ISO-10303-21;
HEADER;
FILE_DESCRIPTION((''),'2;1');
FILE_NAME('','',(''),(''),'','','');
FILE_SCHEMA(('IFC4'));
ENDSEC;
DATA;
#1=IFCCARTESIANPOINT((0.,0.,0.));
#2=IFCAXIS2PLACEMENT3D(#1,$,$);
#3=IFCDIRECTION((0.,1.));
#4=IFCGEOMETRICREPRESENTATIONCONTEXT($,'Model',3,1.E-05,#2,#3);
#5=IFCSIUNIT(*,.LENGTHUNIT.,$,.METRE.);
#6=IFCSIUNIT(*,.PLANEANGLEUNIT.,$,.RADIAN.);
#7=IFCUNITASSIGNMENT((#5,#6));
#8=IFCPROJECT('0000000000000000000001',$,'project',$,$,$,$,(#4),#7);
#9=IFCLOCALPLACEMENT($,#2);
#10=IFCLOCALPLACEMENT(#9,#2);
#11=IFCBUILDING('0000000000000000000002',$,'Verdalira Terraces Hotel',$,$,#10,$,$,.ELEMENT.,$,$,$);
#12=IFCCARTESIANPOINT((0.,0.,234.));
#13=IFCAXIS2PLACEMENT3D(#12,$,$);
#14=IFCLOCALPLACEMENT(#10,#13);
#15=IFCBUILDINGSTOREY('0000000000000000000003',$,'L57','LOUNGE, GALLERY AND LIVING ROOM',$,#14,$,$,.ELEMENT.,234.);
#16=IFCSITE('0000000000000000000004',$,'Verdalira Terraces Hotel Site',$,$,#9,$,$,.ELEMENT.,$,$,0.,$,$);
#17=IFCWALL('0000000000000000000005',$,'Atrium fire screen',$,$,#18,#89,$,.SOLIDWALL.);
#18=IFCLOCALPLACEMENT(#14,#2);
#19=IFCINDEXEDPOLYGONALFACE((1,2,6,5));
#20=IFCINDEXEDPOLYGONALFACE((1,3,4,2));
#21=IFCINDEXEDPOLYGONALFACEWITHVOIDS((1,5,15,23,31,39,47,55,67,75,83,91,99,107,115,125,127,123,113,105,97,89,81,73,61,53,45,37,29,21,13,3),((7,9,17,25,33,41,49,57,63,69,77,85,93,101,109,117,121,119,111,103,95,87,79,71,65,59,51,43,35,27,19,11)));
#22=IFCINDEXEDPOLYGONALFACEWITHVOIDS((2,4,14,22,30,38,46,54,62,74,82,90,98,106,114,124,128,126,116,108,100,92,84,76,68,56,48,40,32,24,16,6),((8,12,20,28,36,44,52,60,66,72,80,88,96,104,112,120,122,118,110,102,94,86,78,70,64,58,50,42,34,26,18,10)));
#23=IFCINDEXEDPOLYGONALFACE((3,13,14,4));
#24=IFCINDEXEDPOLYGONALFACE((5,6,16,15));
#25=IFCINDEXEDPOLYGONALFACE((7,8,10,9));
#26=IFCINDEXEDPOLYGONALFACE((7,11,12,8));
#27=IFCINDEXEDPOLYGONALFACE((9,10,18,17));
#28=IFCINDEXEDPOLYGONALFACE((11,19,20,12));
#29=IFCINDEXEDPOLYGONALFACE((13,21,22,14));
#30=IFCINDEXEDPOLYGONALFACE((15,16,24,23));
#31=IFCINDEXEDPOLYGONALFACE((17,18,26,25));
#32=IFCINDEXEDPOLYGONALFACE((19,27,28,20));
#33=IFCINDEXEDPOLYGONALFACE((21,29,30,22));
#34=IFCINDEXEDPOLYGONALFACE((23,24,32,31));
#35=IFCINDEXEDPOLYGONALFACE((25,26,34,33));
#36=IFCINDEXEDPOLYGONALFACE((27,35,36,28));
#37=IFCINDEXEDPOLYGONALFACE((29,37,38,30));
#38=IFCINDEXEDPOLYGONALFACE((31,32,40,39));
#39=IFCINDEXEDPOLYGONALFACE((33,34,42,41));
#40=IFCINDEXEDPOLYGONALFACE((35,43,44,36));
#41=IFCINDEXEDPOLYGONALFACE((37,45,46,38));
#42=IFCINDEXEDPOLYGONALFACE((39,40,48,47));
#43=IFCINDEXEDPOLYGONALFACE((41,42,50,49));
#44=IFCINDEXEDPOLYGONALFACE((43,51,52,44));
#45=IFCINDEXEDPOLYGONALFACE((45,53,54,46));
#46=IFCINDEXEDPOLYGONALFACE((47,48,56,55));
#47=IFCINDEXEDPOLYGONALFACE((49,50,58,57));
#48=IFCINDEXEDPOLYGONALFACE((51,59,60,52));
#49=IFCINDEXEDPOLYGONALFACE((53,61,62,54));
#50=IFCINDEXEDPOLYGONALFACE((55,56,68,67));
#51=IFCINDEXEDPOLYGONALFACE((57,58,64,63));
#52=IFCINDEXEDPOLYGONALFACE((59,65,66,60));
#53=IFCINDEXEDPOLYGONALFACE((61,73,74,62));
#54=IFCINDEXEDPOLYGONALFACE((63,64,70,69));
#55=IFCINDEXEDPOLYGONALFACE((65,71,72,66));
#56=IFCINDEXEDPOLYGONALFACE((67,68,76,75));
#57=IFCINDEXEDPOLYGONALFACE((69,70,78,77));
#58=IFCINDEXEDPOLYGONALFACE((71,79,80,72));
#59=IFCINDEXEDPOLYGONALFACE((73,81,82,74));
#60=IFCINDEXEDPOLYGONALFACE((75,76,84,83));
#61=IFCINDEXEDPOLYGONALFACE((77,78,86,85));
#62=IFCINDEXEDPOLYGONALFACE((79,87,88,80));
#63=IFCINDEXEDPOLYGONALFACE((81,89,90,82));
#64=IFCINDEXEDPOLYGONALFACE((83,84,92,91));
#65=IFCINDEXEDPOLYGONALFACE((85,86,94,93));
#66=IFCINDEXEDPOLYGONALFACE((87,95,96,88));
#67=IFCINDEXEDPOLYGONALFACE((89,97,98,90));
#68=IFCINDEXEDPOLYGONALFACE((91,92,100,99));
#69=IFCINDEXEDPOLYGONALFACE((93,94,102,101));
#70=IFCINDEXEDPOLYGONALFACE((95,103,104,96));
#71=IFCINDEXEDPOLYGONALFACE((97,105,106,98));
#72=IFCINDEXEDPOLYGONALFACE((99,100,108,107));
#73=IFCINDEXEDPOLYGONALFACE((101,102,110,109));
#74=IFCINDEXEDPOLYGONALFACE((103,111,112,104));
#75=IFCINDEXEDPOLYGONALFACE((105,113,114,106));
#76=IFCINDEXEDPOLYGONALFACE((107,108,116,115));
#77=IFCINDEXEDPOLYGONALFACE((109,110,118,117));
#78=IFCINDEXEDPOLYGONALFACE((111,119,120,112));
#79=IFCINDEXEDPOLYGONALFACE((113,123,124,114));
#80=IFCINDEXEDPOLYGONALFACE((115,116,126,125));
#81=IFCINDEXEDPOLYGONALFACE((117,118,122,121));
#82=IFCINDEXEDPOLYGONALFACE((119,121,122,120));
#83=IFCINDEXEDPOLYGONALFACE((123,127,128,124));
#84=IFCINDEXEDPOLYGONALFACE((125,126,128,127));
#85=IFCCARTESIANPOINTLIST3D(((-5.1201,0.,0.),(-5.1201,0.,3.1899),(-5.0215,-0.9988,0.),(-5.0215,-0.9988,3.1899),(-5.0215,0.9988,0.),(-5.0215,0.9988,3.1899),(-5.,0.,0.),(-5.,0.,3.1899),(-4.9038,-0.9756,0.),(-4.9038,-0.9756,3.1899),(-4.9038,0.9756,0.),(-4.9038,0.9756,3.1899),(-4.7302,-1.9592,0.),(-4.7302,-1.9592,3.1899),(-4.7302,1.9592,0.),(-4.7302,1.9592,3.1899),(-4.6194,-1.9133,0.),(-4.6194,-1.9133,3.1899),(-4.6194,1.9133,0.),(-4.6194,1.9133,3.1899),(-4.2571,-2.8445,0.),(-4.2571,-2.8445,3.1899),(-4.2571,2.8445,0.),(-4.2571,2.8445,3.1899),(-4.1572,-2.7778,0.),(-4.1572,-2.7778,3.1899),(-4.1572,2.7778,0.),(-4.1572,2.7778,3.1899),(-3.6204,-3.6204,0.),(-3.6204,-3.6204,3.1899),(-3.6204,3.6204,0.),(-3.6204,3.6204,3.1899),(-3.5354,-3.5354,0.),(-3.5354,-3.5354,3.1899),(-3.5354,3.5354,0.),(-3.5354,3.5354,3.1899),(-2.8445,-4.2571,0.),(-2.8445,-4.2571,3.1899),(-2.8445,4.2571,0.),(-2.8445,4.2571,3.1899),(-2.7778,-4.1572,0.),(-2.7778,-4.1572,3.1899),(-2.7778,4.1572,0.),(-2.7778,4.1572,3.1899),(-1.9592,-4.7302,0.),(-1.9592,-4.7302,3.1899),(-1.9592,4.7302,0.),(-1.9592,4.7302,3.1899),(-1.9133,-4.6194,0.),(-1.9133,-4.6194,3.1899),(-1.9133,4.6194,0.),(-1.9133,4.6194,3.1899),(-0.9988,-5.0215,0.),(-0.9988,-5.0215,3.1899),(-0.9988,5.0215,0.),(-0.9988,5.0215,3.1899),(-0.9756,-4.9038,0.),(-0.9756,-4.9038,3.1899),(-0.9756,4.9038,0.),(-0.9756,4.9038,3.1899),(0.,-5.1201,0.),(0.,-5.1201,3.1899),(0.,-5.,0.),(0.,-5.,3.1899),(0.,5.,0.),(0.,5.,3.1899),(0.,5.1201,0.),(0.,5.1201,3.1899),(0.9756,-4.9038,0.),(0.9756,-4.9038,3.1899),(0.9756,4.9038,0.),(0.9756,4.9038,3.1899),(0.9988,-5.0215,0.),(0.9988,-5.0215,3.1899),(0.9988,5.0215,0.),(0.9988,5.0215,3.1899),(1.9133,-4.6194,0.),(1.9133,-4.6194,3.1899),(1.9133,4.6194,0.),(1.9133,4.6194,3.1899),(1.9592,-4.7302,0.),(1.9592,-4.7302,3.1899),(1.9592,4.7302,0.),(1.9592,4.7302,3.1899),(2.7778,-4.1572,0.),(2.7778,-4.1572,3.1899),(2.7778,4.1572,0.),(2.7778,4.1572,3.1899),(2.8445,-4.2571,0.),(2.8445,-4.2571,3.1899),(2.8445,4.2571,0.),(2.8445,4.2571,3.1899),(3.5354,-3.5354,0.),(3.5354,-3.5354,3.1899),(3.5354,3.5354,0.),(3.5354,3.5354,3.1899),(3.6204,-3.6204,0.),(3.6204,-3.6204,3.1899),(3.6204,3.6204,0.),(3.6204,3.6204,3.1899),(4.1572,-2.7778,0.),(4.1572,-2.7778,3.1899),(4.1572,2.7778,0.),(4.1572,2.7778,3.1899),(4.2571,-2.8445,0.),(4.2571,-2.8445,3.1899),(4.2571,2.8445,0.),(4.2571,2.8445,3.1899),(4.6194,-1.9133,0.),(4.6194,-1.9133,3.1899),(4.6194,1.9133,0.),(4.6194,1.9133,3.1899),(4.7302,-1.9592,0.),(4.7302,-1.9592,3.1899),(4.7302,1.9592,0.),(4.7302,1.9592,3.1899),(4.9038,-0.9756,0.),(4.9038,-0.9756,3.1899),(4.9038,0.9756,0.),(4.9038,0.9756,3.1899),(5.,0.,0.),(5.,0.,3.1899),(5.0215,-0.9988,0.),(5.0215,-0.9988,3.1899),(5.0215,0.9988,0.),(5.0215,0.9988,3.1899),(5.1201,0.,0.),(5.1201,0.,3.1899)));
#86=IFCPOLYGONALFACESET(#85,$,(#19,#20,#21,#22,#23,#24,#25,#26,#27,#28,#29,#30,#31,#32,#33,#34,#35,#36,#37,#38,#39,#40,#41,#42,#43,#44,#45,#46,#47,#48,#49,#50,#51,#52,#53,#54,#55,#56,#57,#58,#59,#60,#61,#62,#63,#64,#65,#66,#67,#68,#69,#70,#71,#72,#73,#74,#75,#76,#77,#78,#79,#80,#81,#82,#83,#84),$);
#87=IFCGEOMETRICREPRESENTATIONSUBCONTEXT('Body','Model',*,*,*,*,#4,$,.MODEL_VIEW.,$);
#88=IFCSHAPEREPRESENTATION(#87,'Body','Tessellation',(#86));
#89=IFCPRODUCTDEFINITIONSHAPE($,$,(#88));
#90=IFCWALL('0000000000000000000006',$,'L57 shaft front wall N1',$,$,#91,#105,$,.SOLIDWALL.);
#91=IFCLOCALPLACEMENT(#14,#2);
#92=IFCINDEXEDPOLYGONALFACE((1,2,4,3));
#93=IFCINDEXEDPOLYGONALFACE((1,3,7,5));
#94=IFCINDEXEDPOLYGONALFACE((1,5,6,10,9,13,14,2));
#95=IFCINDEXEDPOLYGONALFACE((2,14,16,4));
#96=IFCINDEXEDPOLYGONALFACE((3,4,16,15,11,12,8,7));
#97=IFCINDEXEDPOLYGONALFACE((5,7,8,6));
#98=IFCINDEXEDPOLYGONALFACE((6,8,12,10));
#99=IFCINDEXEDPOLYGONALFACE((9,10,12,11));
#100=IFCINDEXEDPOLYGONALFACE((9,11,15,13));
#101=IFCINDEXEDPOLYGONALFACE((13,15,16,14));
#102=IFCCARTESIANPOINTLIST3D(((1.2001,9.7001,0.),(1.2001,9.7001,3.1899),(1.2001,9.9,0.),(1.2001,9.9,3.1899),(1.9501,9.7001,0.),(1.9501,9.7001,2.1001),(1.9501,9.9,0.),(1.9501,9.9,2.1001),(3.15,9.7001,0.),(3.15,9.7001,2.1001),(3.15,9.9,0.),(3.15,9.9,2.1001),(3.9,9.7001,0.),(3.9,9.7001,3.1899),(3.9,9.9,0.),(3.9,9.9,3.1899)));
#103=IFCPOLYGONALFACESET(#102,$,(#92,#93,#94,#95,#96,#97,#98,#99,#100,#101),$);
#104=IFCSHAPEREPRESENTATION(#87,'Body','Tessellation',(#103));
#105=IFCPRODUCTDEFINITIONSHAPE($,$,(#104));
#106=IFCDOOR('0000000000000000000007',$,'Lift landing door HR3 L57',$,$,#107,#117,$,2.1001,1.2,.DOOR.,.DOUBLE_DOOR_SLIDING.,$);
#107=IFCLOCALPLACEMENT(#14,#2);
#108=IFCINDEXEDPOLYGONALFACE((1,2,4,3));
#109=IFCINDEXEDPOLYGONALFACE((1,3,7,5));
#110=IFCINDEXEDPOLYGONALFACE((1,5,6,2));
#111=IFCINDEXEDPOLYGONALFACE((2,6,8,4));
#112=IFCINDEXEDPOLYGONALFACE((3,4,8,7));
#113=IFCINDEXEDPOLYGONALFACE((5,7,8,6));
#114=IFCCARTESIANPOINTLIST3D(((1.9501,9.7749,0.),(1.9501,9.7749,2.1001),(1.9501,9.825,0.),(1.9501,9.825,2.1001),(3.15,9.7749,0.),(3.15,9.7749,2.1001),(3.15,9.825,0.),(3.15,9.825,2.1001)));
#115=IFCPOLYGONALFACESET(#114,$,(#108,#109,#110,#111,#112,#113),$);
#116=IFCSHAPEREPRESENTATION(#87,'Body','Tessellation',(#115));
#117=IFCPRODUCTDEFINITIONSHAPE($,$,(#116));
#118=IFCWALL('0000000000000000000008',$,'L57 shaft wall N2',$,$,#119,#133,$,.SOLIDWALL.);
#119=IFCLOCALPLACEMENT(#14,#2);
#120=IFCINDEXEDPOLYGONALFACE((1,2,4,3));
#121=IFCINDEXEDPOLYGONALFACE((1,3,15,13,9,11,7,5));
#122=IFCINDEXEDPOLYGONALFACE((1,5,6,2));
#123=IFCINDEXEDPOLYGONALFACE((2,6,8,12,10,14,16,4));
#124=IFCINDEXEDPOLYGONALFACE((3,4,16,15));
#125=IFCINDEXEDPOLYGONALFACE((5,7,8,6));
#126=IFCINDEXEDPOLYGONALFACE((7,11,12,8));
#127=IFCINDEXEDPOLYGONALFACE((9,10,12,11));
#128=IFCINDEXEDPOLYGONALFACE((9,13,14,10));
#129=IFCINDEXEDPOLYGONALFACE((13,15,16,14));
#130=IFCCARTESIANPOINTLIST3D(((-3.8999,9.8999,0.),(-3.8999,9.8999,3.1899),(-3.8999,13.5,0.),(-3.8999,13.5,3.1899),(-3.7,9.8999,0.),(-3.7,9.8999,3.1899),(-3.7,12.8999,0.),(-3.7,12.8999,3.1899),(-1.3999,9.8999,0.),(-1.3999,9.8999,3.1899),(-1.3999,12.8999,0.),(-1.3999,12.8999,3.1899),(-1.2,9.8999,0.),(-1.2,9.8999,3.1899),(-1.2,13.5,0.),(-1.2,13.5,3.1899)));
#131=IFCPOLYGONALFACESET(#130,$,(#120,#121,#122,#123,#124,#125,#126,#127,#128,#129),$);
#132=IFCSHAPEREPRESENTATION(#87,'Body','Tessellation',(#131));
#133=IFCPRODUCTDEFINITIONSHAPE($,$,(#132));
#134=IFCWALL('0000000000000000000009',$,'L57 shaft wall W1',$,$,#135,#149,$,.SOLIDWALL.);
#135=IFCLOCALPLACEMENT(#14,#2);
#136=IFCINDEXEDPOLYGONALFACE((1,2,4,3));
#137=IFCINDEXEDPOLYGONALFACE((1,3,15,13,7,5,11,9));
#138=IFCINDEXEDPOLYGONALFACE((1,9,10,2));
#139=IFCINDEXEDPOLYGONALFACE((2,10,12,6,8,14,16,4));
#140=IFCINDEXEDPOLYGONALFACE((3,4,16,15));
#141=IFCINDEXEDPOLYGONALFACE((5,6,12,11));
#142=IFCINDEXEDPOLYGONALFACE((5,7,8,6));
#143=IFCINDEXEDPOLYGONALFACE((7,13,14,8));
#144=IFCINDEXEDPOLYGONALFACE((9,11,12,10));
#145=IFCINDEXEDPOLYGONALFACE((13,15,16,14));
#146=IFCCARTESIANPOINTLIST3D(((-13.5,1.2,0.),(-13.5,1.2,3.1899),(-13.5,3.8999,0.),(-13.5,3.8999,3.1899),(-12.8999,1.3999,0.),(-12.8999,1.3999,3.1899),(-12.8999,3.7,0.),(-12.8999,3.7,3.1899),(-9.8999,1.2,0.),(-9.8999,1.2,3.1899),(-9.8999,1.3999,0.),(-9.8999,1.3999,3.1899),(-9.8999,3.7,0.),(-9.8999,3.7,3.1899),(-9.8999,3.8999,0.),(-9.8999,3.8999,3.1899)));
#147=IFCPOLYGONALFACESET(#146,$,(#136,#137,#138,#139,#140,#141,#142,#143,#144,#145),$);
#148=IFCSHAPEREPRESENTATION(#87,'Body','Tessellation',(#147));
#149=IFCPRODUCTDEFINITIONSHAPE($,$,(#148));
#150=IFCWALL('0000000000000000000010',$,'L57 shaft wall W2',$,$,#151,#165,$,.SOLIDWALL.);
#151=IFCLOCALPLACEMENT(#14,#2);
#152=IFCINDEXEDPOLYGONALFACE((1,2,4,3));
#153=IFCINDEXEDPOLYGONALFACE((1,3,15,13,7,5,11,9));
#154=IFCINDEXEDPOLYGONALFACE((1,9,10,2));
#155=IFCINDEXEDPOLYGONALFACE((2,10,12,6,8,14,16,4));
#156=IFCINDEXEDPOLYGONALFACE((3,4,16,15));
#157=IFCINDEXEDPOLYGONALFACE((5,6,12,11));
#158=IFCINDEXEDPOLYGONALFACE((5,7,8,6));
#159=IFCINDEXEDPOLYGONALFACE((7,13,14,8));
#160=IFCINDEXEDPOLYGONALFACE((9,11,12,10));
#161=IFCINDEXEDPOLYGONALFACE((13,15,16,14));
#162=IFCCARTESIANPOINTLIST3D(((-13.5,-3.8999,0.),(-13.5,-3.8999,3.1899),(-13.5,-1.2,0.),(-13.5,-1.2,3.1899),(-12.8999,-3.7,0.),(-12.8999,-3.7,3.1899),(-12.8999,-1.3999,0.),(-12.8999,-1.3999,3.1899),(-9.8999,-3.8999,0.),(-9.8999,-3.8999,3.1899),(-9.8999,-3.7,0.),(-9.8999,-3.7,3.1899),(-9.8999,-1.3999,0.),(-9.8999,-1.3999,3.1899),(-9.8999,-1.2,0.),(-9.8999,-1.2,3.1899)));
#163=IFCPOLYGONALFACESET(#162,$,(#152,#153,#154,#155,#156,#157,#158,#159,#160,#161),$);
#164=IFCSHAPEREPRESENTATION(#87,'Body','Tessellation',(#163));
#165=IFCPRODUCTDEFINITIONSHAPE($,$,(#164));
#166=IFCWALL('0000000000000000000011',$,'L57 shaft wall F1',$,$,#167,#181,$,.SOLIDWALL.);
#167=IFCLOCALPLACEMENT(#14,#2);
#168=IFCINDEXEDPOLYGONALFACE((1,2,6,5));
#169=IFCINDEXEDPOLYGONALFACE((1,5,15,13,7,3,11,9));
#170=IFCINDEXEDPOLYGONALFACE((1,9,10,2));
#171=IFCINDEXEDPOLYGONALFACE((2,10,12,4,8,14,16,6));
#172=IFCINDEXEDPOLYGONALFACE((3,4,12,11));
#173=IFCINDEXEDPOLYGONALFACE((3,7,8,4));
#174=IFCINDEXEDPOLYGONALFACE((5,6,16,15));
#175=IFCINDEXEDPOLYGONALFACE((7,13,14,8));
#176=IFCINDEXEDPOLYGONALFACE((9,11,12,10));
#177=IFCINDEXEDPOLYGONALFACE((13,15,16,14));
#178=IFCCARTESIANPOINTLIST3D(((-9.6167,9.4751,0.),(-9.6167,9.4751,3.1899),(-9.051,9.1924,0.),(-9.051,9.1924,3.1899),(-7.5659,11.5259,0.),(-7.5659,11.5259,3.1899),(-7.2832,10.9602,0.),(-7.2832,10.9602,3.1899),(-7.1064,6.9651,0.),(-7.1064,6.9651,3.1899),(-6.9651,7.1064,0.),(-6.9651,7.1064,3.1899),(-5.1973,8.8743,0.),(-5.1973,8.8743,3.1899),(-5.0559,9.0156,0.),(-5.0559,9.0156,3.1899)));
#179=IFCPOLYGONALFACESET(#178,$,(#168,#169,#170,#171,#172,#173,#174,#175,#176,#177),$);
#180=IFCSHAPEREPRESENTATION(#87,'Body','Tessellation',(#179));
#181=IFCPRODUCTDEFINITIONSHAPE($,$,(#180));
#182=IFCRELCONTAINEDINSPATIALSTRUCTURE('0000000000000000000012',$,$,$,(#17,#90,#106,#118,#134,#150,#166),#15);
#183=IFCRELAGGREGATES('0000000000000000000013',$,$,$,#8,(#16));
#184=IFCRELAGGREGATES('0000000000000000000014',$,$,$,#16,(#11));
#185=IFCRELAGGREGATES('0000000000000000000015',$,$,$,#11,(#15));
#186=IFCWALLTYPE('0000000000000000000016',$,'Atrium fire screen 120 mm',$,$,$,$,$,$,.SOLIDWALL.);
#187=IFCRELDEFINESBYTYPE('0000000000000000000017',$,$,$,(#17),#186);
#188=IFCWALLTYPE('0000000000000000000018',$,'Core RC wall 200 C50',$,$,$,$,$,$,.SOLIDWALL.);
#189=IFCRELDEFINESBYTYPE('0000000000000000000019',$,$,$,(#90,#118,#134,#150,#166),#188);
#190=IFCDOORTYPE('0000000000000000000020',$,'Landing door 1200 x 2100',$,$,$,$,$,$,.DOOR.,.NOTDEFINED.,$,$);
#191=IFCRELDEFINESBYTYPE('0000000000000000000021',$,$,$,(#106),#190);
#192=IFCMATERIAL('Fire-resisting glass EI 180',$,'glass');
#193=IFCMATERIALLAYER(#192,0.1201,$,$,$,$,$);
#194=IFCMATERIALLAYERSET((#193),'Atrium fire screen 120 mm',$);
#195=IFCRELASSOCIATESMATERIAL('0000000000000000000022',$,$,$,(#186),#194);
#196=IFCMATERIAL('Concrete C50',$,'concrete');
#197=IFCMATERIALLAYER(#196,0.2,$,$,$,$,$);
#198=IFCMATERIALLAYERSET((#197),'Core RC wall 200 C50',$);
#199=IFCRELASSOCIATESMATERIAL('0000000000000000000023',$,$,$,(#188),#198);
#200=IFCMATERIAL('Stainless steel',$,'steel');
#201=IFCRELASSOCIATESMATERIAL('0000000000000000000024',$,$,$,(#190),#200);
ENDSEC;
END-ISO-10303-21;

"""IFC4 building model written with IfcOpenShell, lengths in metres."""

from ifc_helpers import new_model, si_unit, direction, frame, frame_2d, origin, place, context, subcontext, project, spatial, polyline, rectangle, outline, extrude, material, layer, layer_set, type_object, element, fill, save


model = new_model("IFC4")

# Units and contexts
model_context = context("Model", 3, precision=1e-05, world=origin(), true_north=direction((0.0, 1.0)))
body_context = subcontext(model_context, "Body", "Model", "MODEL_VIEW")
ifc_project = project(units=[si_unit("LENGTHUNIT", "METRE"), si_unit("PLANEANGLEUNIT", "RADIAN")], contexts=[model_context])

# Site, building, storey
site_placement = place(None, origin())
site = spatial("IfcSite", under=ifc_project, at=site_placement, Name="Verdalira Terraces Hotel Site", CompositionType="ELEMENT", RefElevation=0.0)
building_placement = place(site_placement, origin())
building = spatial("IfcBuilding", under=site, at=building_placement, Name="Verdalira Terraces Hotel", CompositionType="ELEMENT")
storey_placement = place(building_placement, frame((0.0, 0.0, 234.0)))
storey = spatial("IfcBuildingStorey", under=building, at=storey_placement, Name="L57", Description="LOUNGE, GALLERY AND LIVING ROOM", CompositionType="ELEMENT", Elevation=234.0)

# Wall
ifc_material_1 = material(Name="Fire-resisting glass EI 180", Category="glass")
ifc_layer_1 = layer(ifc_material_1, 0.1201)
ifc_layer_set_1 = layer_set([ifc_layer_1], Name="Atrium fire screen 120 mm")
wall_type_1 = type_object("IfcWallType", Name="Atrium fire screen 120 mm", PredefinedType="SOLIDWALL", material=ifc_layer_set_1)
wall_1_placement = place(storey_placement, origin())
element("IfcWall", 1, at=wall_1_placement, inside=storey, type_object=wall_type_1, Name="Atrium fire screen", PredefinedType="SOLIDWALL", context=body_context, shape_type="SweptSolid", body=[
    extrude(outline(polyline([(5.0215, -0.9988), (4.7302, -1.9592), (4.2571, -2.8445), (3.6204, -3.6204), (2.8445, -4.2571), (1.9592, -4.7302), (0.9988, -5.0215), (0.0, -5.1201), (-0.9988, -5.0215), (-1.9592, -4.7302), (-2.8445, -4.2571), (-3.6204, -3.6204), (-4.2571, -2.8445), (-4.7302, -1.9592), (-5.0215, -0.9988), (-5.1201, 0.0), (-5.0215, 0.9988), (-4.7302, 1.9592), (-4.2571, 2.8445), (-3.6204, 3.6204), (-2.8445, 4.2571), (-1.9592, 4.7302), (-0.9988, 5.0215), (0.0, 5.1201), (0.9988, 5.0215), (1.9592, 4.7302), (2.8445, 4.2571), (3.6204, 3.6204), (4.2571, 2.8445), (4.7302, 1.9592), (5.0215, 0.9988), (5.1201, 0.0), (5.0215, -0.9988)]), holes=[polyline([(4.9038, 0.9756), (4.6194, 1.9133), (4.1572, 2.7778), (3.5354, 3.5354), (2.7778, 4.1572), (1.9133, 4.6194), (0.9756, 4.9038), (0.0, 5.0), (-0.9756, 4.9038), (-1.9133, 4.6194), (-2.7778, 4.1572), (-3.5354, 3.5354), (-4.1572, 2.7778), (-4.6194, 1.9133), (-4.9038, 0.9756), (-5.0, 0.0), (-4.9038, -0.9756), (-4.6194, -1.9133), (-4.1572, -2.7778), (-3.5354, -3.5354), (-2.7778, -4.1572), (-1.9133, -4.6194), (-0.9756, -4.9038), (0.0, -5.0), (0.9756, -4.9038), (1.9133, -4.6194), (2.7778, -4.1572), (3.5354, -3.5354), (4.1572, -2.7778), (4.6194, -1.9133), (4.9038, -0.9756), (5.0, 0.0), (4.9038, 0.9756)])]), origin(), (0.0, 0.0, 1.0), 3.1899),
])

# Wall, opening, door
ifc_material_2 = material(Name="Concrete C50", Category="concrete")
ifc_layer_2 = layer(ifc_material_2, 0.2)
ifc_layer_set_2 = layer_set([ifc_layer_2], Name="Core RC wall 200 C50")
wall_type_2 = type_object("IfcWallType", Name="Core RC wall 200 C50", PredefinedType="SOLIDWALL", material=ifc_layer_set_2)
wall_2_placement = place(storey_placement, frame((1.2, 9.8, 0.0), z_axis=(0.0, 0.0, 1.0), x_axis=(1.0, 0.0, 0.0)))
wall_2 = element("IfcWall", 2, at=wall_2_placement, inside=storey, type_object=wall_type_2, Name="L57 shaft front wall N1", PredefinedType="SOLIDWALL", context=body_context, shape_type="SweptSolid", body=[
    extrude(rectangle(XDim=2.7, YDim=0.2, at=frame_2d((1.3501, 0.0))), origin(), (0.0, 0.0, 1.0), 3.1899),
])
opening_1_placement = place(wall_2_placement, frame((0.75, 0.0, 0.0)))
opening_1 = element("IfcOpeningElement", 3, at=opening_1_placement, cuts=wall_2, PredefinedType="OPENING", context=body_context, shape_type="SweptSolid", body=[
    extrude(rectangle(XDim=1.2, YDim=2.1001, at=frame_2d((0.6001, 1.05))), frame((0.0, 0.1099, 0.0), z_axis=(0.0, -1.0, 0.0), x_axis=(1.0, 0.0, 0.0)), (0.0, 0.0, 1.0), 0.22),
])
ifc_material_3 = material(Name="Stainless steel", Category="steel")
door_type_1 = type_object("IfcDoorType", Name="Landing door 1200 x 2100", OperationType="NOTDEFINED", PredefinedType="DOOR", material=ifc_material_3)
door_1_placement = place(opening_1_placement, origin())
door_1 = element("IfcDoor", 4, at=door_1_placement, inside=storey, type_object=door_type_1, Name="Lift landing door HR3 L57", OperationType="DOUBLE_DOOR_SLIDING", OverallHeight=2.1001, OverallWidth=1.2, PredefinedType="DOOR", context=body_context, shape_type="SweptSolid", body=[
    extrude(rectangle(XDim=1.2, YDim=2.1001, at=frame_2d((0.6001, 1.05))), frame((0.0, 0.0249, 0.0), z_axis=(0.0, -1.0, 0.0), x_axis=(1.0, 0.0, 0.0)), (0.0, 0.0, 1.0), 0.05),
])
fill(opening_1, door_1)

# Walls
wall_3_placement = place(storey_placement, origin())
element("IfcWall", 5, at=wall_3_placement, inside=storey, type_object=wall_type_2, Name="L57 shaft wall N2", PredefinedType="SOLIDWALL", context=body_context, shape_type="SweptSolid", body=[
    extrude(outline(polyline([(-3.8999, 13.5), (-1.2, 13.5), (-1.2, 9.8999), (-1.3999, 9.8999), (-1.3999, 12.8999), (-3.7, 12.8999), (-3.7, 9.8999), (-3.8999, 9.8999), (-3.8999, 13.5)])), origin(), (0.0, 0.0, 1.0), 3.1899),
])
wall_4_placement = place(storey_placement, origin())
element("IfcWall", 6, at=wall_4_placement, inside=storey, type_object=wall_type_2, Name="L57 shaft wall W1", PredefinedType="SOLIDWALL", context=body_context, shape_type="SweptSolid", body=[
    extrude(outline(polyline([(-13.5, 3.8999), (-9.8999, 3.8999), (-9.8999, 3.7), (-12.8999, 3.7), (-12.8999, 1.3999), (-9.8999, 1.3999), (-9.8999, 1.2), (-13.5, 1.2), (-13.5, 3.8999)])), origin(), (0.0, 0.0, 1.0), 3.1899),
])
wall_5_placement = place(storey_placement, origin())
element("IfcWall", 7, at=wall_5_placement, inside=storey, type_object=wall_type_2, Name="L57 shaft wall W2", PredefinedType="SOLIDWALL", context=body_context, shape_type="SweptSolid", body=[
    extrude(outline(polyline([(-13.5, -3.8999), (-13.5, -1.2), (-9.8999, -1.2), (-9.8999, -1.3999), (-12.8999, -1.3999), (-12.8999, -3.7), (-9.8999, -3.7), (-9.8999, -3.8999), (-13.5, -3.8999)])), origin(), (0.0, 0.0, 1.0), 3.1899),
])
wall_6_placement = place(storey_placement, origin())
element("IfcWall", 8, at=wall_6_placement, inside=storey, type_object=wall_type_2, Name="L57 shaft wall F1", PredefinedType="SOLIDWALL", context=body_context, shape_type="SweptSolid", body=[
    extrude(outline(polyline([(-9.6167, 9.4751), (-7.5659, 11.5259), (-5.0559, 9.0156), (-5.1973, 8.8743), (-7.2832, 10.9602), (-9.051, 9.1924), (-6.9651, 7.1064), (-7.1064, 6.9651), (-9.6167, 9.4751)])), origin(), (0.0, 0.0, 1.0), 3.1899),
])

save(model, "model.ifc")
